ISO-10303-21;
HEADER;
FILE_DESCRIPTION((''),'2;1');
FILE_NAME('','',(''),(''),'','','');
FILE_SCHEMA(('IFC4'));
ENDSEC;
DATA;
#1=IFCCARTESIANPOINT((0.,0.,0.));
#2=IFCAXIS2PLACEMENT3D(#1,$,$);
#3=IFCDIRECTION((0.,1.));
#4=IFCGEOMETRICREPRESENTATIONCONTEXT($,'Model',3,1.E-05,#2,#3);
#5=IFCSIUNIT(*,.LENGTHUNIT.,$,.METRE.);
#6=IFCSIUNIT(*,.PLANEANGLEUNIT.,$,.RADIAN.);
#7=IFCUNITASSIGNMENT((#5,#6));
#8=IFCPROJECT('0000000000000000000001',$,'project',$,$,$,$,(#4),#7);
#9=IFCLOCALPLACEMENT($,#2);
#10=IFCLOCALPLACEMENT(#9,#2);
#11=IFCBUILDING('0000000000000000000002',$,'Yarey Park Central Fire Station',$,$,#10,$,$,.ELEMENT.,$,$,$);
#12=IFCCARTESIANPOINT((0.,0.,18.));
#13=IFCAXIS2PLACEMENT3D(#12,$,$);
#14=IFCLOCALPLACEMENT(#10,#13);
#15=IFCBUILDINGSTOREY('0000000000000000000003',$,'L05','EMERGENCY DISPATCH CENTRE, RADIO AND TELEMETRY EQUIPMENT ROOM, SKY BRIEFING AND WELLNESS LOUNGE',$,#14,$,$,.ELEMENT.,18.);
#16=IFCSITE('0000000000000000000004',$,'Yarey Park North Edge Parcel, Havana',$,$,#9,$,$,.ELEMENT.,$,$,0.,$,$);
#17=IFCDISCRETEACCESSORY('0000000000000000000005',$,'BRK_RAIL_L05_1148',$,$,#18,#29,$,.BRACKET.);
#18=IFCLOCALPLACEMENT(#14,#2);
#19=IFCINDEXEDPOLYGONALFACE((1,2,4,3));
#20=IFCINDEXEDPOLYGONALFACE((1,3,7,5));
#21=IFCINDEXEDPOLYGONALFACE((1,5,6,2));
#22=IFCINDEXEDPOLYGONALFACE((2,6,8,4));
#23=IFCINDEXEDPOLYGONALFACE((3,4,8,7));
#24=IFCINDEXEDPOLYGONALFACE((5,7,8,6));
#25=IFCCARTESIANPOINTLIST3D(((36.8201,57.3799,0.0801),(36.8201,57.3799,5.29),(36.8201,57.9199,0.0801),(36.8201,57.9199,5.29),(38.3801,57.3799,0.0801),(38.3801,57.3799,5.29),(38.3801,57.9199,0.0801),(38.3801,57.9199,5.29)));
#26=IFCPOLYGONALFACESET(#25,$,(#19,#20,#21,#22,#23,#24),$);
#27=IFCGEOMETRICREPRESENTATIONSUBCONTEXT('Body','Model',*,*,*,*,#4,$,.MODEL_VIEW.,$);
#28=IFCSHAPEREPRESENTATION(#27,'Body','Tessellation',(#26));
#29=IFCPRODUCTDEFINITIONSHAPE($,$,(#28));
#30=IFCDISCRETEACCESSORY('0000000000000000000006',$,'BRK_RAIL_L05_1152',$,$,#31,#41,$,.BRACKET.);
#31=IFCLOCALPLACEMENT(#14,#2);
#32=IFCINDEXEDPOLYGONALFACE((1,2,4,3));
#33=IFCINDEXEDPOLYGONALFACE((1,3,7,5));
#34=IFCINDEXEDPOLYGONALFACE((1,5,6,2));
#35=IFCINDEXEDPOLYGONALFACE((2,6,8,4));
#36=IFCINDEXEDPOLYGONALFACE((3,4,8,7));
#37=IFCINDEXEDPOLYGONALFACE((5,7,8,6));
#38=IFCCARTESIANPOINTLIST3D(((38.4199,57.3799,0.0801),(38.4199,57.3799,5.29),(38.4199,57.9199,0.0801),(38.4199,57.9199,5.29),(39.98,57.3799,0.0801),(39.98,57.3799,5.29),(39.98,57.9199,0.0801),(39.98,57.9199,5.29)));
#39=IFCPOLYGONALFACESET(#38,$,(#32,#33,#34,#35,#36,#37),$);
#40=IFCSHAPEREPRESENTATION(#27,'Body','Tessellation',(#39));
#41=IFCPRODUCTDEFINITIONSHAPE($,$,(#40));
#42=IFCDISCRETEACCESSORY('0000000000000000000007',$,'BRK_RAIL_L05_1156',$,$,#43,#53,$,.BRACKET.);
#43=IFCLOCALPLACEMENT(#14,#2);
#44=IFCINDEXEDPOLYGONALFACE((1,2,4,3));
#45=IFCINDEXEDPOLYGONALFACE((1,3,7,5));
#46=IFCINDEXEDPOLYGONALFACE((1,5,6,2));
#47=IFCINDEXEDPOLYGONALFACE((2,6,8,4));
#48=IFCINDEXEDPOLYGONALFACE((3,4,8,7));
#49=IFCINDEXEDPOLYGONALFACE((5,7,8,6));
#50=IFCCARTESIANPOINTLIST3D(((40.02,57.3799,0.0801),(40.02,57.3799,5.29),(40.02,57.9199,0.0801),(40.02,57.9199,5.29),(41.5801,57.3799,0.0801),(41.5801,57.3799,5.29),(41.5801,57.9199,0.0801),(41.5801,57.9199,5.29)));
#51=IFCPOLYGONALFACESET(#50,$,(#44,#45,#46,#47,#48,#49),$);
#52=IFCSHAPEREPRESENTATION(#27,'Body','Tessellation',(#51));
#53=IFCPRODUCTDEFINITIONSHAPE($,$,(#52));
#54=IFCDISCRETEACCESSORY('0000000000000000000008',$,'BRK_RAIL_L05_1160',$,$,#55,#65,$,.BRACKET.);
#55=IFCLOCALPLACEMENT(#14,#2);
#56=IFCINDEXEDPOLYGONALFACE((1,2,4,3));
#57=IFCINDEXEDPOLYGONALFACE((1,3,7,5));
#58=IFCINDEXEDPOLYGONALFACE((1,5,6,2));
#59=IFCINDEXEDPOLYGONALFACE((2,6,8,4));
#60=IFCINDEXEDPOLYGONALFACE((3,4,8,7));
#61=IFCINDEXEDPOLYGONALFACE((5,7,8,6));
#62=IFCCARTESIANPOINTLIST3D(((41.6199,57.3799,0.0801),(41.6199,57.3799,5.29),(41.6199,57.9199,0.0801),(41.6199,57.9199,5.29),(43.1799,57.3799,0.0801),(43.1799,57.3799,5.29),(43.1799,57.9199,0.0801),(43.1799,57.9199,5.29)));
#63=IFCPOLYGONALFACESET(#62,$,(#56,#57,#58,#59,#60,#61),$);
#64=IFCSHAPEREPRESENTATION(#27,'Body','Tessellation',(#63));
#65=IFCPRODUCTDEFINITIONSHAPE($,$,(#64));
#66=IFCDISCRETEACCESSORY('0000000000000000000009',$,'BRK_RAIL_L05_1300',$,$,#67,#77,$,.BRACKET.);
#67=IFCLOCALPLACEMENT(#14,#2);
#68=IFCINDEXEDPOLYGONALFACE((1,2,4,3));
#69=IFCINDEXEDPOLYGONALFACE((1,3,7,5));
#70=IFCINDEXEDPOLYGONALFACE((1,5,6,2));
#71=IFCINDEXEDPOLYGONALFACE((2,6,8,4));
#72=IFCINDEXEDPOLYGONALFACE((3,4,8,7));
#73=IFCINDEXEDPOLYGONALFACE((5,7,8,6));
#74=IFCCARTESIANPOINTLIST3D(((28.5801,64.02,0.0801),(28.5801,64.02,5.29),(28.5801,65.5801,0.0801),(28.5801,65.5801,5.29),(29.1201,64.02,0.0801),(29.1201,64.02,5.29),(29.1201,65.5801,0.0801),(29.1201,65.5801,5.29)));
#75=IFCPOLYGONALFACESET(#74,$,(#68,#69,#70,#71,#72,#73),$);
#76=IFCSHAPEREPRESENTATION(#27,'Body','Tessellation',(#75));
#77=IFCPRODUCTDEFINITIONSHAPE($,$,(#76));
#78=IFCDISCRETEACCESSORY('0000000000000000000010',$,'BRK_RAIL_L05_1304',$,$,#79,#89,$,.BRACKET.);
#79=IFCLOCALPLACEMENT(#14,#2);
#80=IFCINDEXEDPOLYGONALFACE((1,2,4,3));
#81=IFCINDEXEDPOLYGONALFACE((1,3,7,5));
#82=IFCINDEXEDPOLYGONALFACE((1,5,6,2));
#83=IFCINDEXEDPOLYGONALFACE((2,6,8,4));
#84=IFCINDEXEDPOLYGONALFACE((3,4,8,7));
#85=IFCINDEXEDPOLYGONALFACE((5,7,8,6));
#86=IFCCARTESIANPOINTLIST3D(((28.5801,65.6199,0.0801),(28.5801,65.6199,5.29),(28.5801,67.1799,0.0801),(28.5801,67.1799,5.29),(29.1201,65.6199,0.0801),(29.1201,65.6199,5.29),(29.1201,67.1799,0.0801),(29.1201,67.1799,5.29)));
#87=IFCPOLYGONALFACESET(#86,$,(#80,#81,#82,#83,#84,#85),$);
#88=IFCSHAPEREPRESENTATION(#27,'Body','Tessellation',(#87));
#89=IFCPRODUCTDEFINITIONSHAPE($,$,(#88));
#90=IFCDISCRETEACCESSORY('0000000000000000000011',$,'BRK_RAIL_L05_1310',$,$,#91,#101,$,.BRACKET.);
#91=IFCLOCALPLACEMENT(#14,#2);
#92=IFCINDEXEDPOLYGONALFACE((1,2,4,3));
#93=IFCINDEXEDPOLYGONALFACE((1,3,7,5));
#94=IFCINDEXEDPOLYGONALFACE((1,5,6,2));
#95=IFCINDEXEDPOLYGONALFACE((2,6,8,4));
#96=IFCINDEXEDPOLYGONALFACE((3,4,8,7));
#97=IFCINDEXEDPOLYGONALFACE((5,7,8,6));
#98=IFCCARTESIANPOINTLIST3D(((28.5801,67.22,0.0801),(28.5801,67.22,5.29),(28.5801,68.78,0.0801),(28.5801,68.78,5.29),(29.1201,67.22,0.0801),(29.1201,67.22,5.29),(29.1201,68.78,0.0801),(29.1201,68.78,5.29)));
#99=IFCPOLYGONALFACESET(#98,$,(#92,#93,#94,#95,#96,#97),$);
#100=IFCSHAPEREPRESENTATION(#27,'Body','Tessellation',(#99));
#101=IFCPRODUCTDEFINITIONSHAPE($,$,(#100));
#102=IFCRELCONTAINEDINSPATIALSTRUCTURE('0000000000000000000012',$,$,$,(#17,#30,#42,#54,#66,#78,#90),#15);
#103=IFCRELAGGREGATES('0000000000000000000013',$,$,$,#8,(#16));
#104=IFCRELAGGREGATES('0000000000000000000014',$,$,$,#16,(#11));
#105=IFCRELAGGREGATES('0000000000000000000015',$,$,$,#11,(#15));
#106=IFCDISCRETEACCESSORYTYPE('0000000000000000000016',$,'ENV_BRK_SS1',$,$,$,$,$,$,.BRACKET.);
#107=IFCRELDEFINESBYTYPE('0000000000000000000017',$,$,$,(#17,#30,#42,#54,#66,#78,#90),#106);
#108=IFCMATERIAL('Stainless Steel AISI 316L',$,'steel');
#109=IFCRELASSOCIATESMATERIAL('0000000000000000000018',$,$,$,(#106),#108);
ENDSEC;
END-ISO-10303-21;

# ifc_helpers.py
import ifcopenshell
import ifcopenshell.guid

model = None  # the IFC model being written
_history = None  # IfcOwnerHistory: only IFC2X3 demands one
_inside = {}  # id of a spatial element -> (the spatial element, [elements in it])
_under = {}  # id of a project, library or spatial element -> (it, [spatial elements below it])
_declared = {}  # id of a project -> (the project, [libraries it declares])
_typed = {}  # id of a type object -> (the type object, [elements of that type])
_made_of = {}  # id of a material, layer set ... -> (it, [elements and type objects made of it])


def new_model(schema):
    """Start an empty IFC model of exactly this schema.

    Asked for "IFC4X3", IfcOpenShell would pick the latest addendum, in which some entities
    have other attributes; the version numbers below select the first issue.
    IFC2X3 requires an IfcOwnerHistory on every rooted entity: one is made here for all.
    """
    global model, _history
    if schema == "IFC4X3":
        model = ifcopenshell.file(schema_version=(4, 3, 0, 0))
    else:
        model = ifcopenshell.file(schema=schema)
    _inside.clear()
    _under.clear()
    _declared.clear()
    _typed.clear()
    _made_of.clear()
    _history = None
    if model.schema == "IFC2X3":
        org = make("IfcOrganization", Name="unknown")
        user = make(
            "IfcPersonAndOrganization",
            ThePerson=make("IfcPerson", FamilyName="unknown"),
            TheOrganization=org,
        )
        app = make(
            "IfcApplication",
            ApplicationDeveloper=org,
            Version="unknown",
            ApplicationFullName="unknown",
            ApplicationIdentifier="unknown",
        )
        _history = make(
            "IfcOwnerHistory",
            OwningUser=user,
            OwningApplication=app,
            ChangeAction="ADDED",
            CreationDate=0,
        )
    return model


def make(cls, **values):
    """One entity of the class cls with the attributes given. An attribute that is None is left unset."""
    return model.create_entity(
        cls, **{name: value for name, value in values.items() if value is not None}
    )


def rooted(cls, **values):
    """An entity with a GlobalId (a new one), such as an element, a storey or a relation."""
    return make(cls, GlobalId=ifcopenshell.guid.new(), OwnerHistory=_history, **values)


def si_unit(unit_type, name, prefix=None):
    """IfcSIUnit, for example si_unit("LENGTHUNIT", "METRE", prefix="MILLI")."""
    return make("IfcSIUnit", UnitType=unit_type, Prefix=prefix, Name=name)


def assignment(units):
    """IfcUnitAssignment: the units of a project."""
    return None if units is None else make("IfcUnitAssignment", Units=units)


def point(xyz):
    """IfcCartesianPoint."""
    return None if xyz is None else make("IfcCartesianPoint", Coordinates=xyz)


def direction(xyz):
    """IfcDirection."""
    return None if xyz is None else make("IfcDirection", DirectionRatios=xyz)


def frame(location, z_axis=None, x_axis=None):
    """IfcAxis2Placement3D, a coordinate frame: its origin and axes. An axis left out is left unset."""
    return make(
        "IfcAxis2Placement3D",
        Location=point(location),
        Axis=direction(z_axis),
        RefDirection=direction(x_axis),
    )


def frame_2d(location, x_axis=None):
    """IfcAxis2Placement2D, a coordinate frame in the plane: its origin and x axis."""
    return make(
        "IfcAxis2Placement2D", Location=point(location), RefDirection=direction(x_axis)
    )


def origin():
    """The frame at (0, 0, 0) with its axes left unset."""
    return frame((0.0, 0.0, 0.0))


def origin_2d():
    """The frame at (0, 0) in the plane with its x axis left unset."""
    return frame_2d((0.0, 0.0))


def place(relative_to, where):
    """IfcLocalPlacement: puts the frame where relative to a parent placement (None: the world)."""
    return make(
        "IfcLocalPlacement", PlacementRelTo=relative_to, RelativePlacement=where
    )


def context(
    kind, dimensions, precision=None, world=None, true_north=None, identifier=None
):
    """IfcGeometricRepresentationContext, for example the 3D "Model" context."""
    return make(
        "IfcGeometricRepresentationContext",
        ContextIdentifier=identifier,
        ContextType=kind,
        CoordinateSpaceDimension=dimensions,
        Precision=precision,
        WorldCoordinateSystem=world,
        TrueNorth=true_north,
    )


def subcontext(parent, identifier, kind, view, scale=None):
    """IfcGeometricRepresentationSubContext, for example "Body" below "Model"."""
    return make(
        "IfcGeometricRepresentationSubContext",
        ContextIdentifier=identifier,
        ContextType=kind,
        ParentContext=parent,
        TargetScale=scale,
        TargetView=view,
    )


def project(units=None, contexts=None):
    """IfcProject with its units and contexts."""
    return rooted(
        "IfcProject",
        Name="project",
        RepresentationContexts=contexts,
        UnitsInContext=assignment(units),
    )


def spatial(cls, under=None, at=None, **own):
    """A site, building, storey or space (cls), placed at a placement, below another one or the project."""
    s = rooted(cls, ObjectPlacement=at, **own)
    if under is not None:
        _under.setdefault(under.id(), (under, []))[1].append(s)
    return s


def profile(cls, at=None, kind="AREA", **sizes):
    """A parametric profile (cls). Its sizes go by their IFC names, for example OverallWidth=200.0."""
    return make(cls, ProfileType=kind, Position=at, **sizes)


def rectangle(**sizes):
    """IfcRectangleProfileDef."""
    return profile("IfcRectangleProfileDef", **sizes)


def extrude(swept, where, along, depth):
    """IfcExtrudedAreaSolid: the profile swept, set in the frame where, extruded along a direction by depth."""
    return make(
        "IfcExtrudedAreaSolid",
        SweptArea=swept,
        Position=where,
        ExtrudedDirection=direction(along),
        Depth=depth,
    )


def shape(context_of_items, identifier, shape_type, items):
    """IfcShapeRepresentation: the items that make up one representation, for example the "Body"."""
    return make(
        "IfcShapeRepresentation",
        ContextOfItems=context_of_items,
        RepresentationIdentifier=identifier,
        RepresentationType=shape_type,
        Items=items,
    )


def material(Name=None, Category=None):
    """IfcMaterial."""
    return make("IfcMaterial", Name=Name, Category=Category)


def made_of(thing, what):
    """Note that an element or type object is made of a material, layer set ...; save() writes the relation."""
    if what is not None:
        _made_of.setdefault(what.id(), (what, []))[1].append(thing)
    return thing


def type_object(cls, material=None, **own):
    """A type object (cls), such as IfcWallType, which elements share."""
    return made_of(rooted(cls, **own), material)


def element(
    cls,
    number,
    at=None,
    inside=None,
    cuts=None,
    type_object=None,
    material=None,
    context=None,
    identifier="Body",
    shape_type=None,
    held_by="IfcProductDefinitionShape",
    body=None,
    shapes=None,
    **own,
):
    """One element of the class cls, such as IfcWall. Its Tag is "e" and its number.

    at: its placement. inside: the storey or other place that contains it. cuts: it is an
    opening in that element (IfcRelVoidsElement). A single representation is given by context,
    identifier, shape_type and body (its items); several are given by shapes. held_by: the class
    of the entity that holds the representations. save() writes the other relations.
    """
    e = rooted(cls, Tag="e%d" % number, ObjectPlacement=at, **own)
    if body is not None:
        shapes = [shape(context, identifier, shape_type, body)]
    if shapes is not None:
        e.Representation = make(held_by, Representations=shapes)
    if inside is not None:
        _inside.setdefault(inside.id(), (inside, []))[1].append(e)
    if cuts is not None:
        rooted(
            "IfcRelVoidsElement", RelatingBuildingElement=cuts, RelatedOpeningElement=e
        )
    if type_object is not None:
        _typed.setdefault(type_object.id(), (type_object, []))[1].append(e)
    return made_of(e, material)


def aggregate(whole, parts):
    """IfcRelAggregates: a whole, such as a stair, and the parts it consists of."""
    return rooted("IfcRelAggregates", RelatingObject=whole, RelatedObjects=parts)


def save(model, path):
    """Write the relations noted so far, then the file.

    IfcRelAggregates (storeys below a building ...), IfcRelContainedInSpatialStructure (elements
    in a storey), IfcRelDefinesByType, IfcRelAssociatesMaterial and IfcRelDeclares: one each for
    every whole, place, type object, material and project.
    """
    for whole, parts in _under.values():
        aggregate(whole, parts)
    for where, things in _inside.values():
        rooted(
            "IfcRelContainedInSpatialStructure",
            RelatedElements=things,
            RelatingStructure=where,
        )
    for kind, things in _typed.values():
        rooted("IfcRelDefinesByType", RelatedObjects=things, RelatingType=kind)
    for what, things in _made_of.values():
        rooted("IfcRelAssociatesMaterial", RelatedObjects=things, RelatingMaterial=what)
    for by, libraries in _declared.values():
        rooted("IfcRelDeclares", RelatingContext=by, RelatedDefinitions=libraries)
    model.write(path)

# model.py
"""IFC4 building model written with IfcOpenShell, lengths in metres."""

from ifc_helpers import new_model, si_unit, direction, frame, origin, origin_2d, place, context, subcontext, project, spatial, rectangle, extrude, material, type_object, element, save


model = new_model("IFC4")

# Units and contexts
model_context = context("Model", 3, precision=1e-05, world=origin(), true_north=direction((0.0, 1.0)))
body_context = subcontext(model_context, "Body", "Model", "MODEL_VIEW")
ifc_project = project(units=[si_unit("LENGTHUNIT", "METRE"), si_unit("PLANEANGLEUNIT", "RADIAN")], contexts=[model_context])

# Site, building, storey
site_placement = place(None, origin())
site = spatial("IfcSite", under=ifc_project, at=site_placement, Name="Yarey Park North Edge Parcel, Havana", CompositionType="ELEMENT", RefElevation=0.0)
building_placement = place(site_placement, origin())
building = spatial("IfcBuilding", under=site, at=building_placement, Name="Yarey Park Central Fire Station", CompositionType="ELEMENT")
storey_placement = place(building_placement, frame((0.0, 0.0, 18.0)))
storey = spatial("IfcBuildingStorey", under=building, at=storey_placement, Name="L05", Description="EMERGENCY DISPATCH CENTRE, RADIO AND TELEMETRY EQUIPMENT ROOM, SKY BRIEFING AND WELLNESS LOUNGE", CompositionType="ELEMENT", Elevation=18.0)

# Shared definitions
ifc_material_1 = material(Name="Stainless Steel AISI 316L", Category="steel")

# Discrete accessories
discrete_accessory_type = type_object("IfcDiscreteAccessoryType", Name="ENV_BRK_SS1", PredefinedType="BRACKET", material=ifc_material_1)
for number, where, z_axis, x_axis, name in (
    (1, (37.6001, 57.6499, 0.0801), (0.0, 0.0, 1.0), (1.0, 0.0, 0.0), "BRK_RAIL_L05_1148"),
    (2, (39.2, 57.6499, 0.0801), (0.0, 0.0, 1.0), (1.0, 0.0, 0.0), "BRK_RAIL_L05_1152"),
    (3, (40.8, 57.6499, 0.0801), (0.0, 0.0, 1.0), (1.0, 0.0, 0.0), "BRK_RAIL_L05_1156"),
    (4, (42.3999, 57.6499, 0.0801), (0.0, 0.0, 1.0), (1.0, 0.0, 0.0), "BRK_RAIL_L05_1160"),
):
    element("IfcDiscreteAccessory", number, at=place(storey_placement, frame(where, z_axis=z_axis, x_axis=x_axis)), inside=storey, type_object=discrete_accessory_type, Name=name, PredefinedType="BRACKET", context=body_context, shape_type="SweptSolid", body=[
        extrude(rectangle(XDim=1.5601, YDim=0.54, at=origin_2d()), origin(), (0.0, 0.0, 1.0), 5.21),
    ])
for number, where, z_axis, x_axis, name in (
    (5, (28.8501, 64.8, 0.0801), (0.0, 0.0, 1.0), (1.0, 0.0, 0.0), "BRK_RAIL_L05_1300"),
    (6, (28.8501, 66.3999, 0.0801), (0.0, 0.0, 1.0), (1.0, 0.0, 0.0), "BRK_RAIL_L05_1304"),
    (7, (28.8501, 68.0, 0.0801), (0.0, 0.0, 1.0), (1.0, 0.0, 0.0), "BRK_RAIL_L05_1310"),
):
    element("IfcDiscreteAccessory", number, at=place(storey_placement, frame(where, z_axis=z_axis, x_axis=x_axis)), inside=storey, type_object=discrete_accessory_type, Name=name, PredefinedType="BRACKET", context=body_context, shape_type="SweptSolid", body=[
        extrude(rectangle(XDim=0.54, YDim=1.5601, at=origin_2d()), origin(), (0.0, 0.0, 1.0), 5.21),
    ])

save(model, "model.ifc")
